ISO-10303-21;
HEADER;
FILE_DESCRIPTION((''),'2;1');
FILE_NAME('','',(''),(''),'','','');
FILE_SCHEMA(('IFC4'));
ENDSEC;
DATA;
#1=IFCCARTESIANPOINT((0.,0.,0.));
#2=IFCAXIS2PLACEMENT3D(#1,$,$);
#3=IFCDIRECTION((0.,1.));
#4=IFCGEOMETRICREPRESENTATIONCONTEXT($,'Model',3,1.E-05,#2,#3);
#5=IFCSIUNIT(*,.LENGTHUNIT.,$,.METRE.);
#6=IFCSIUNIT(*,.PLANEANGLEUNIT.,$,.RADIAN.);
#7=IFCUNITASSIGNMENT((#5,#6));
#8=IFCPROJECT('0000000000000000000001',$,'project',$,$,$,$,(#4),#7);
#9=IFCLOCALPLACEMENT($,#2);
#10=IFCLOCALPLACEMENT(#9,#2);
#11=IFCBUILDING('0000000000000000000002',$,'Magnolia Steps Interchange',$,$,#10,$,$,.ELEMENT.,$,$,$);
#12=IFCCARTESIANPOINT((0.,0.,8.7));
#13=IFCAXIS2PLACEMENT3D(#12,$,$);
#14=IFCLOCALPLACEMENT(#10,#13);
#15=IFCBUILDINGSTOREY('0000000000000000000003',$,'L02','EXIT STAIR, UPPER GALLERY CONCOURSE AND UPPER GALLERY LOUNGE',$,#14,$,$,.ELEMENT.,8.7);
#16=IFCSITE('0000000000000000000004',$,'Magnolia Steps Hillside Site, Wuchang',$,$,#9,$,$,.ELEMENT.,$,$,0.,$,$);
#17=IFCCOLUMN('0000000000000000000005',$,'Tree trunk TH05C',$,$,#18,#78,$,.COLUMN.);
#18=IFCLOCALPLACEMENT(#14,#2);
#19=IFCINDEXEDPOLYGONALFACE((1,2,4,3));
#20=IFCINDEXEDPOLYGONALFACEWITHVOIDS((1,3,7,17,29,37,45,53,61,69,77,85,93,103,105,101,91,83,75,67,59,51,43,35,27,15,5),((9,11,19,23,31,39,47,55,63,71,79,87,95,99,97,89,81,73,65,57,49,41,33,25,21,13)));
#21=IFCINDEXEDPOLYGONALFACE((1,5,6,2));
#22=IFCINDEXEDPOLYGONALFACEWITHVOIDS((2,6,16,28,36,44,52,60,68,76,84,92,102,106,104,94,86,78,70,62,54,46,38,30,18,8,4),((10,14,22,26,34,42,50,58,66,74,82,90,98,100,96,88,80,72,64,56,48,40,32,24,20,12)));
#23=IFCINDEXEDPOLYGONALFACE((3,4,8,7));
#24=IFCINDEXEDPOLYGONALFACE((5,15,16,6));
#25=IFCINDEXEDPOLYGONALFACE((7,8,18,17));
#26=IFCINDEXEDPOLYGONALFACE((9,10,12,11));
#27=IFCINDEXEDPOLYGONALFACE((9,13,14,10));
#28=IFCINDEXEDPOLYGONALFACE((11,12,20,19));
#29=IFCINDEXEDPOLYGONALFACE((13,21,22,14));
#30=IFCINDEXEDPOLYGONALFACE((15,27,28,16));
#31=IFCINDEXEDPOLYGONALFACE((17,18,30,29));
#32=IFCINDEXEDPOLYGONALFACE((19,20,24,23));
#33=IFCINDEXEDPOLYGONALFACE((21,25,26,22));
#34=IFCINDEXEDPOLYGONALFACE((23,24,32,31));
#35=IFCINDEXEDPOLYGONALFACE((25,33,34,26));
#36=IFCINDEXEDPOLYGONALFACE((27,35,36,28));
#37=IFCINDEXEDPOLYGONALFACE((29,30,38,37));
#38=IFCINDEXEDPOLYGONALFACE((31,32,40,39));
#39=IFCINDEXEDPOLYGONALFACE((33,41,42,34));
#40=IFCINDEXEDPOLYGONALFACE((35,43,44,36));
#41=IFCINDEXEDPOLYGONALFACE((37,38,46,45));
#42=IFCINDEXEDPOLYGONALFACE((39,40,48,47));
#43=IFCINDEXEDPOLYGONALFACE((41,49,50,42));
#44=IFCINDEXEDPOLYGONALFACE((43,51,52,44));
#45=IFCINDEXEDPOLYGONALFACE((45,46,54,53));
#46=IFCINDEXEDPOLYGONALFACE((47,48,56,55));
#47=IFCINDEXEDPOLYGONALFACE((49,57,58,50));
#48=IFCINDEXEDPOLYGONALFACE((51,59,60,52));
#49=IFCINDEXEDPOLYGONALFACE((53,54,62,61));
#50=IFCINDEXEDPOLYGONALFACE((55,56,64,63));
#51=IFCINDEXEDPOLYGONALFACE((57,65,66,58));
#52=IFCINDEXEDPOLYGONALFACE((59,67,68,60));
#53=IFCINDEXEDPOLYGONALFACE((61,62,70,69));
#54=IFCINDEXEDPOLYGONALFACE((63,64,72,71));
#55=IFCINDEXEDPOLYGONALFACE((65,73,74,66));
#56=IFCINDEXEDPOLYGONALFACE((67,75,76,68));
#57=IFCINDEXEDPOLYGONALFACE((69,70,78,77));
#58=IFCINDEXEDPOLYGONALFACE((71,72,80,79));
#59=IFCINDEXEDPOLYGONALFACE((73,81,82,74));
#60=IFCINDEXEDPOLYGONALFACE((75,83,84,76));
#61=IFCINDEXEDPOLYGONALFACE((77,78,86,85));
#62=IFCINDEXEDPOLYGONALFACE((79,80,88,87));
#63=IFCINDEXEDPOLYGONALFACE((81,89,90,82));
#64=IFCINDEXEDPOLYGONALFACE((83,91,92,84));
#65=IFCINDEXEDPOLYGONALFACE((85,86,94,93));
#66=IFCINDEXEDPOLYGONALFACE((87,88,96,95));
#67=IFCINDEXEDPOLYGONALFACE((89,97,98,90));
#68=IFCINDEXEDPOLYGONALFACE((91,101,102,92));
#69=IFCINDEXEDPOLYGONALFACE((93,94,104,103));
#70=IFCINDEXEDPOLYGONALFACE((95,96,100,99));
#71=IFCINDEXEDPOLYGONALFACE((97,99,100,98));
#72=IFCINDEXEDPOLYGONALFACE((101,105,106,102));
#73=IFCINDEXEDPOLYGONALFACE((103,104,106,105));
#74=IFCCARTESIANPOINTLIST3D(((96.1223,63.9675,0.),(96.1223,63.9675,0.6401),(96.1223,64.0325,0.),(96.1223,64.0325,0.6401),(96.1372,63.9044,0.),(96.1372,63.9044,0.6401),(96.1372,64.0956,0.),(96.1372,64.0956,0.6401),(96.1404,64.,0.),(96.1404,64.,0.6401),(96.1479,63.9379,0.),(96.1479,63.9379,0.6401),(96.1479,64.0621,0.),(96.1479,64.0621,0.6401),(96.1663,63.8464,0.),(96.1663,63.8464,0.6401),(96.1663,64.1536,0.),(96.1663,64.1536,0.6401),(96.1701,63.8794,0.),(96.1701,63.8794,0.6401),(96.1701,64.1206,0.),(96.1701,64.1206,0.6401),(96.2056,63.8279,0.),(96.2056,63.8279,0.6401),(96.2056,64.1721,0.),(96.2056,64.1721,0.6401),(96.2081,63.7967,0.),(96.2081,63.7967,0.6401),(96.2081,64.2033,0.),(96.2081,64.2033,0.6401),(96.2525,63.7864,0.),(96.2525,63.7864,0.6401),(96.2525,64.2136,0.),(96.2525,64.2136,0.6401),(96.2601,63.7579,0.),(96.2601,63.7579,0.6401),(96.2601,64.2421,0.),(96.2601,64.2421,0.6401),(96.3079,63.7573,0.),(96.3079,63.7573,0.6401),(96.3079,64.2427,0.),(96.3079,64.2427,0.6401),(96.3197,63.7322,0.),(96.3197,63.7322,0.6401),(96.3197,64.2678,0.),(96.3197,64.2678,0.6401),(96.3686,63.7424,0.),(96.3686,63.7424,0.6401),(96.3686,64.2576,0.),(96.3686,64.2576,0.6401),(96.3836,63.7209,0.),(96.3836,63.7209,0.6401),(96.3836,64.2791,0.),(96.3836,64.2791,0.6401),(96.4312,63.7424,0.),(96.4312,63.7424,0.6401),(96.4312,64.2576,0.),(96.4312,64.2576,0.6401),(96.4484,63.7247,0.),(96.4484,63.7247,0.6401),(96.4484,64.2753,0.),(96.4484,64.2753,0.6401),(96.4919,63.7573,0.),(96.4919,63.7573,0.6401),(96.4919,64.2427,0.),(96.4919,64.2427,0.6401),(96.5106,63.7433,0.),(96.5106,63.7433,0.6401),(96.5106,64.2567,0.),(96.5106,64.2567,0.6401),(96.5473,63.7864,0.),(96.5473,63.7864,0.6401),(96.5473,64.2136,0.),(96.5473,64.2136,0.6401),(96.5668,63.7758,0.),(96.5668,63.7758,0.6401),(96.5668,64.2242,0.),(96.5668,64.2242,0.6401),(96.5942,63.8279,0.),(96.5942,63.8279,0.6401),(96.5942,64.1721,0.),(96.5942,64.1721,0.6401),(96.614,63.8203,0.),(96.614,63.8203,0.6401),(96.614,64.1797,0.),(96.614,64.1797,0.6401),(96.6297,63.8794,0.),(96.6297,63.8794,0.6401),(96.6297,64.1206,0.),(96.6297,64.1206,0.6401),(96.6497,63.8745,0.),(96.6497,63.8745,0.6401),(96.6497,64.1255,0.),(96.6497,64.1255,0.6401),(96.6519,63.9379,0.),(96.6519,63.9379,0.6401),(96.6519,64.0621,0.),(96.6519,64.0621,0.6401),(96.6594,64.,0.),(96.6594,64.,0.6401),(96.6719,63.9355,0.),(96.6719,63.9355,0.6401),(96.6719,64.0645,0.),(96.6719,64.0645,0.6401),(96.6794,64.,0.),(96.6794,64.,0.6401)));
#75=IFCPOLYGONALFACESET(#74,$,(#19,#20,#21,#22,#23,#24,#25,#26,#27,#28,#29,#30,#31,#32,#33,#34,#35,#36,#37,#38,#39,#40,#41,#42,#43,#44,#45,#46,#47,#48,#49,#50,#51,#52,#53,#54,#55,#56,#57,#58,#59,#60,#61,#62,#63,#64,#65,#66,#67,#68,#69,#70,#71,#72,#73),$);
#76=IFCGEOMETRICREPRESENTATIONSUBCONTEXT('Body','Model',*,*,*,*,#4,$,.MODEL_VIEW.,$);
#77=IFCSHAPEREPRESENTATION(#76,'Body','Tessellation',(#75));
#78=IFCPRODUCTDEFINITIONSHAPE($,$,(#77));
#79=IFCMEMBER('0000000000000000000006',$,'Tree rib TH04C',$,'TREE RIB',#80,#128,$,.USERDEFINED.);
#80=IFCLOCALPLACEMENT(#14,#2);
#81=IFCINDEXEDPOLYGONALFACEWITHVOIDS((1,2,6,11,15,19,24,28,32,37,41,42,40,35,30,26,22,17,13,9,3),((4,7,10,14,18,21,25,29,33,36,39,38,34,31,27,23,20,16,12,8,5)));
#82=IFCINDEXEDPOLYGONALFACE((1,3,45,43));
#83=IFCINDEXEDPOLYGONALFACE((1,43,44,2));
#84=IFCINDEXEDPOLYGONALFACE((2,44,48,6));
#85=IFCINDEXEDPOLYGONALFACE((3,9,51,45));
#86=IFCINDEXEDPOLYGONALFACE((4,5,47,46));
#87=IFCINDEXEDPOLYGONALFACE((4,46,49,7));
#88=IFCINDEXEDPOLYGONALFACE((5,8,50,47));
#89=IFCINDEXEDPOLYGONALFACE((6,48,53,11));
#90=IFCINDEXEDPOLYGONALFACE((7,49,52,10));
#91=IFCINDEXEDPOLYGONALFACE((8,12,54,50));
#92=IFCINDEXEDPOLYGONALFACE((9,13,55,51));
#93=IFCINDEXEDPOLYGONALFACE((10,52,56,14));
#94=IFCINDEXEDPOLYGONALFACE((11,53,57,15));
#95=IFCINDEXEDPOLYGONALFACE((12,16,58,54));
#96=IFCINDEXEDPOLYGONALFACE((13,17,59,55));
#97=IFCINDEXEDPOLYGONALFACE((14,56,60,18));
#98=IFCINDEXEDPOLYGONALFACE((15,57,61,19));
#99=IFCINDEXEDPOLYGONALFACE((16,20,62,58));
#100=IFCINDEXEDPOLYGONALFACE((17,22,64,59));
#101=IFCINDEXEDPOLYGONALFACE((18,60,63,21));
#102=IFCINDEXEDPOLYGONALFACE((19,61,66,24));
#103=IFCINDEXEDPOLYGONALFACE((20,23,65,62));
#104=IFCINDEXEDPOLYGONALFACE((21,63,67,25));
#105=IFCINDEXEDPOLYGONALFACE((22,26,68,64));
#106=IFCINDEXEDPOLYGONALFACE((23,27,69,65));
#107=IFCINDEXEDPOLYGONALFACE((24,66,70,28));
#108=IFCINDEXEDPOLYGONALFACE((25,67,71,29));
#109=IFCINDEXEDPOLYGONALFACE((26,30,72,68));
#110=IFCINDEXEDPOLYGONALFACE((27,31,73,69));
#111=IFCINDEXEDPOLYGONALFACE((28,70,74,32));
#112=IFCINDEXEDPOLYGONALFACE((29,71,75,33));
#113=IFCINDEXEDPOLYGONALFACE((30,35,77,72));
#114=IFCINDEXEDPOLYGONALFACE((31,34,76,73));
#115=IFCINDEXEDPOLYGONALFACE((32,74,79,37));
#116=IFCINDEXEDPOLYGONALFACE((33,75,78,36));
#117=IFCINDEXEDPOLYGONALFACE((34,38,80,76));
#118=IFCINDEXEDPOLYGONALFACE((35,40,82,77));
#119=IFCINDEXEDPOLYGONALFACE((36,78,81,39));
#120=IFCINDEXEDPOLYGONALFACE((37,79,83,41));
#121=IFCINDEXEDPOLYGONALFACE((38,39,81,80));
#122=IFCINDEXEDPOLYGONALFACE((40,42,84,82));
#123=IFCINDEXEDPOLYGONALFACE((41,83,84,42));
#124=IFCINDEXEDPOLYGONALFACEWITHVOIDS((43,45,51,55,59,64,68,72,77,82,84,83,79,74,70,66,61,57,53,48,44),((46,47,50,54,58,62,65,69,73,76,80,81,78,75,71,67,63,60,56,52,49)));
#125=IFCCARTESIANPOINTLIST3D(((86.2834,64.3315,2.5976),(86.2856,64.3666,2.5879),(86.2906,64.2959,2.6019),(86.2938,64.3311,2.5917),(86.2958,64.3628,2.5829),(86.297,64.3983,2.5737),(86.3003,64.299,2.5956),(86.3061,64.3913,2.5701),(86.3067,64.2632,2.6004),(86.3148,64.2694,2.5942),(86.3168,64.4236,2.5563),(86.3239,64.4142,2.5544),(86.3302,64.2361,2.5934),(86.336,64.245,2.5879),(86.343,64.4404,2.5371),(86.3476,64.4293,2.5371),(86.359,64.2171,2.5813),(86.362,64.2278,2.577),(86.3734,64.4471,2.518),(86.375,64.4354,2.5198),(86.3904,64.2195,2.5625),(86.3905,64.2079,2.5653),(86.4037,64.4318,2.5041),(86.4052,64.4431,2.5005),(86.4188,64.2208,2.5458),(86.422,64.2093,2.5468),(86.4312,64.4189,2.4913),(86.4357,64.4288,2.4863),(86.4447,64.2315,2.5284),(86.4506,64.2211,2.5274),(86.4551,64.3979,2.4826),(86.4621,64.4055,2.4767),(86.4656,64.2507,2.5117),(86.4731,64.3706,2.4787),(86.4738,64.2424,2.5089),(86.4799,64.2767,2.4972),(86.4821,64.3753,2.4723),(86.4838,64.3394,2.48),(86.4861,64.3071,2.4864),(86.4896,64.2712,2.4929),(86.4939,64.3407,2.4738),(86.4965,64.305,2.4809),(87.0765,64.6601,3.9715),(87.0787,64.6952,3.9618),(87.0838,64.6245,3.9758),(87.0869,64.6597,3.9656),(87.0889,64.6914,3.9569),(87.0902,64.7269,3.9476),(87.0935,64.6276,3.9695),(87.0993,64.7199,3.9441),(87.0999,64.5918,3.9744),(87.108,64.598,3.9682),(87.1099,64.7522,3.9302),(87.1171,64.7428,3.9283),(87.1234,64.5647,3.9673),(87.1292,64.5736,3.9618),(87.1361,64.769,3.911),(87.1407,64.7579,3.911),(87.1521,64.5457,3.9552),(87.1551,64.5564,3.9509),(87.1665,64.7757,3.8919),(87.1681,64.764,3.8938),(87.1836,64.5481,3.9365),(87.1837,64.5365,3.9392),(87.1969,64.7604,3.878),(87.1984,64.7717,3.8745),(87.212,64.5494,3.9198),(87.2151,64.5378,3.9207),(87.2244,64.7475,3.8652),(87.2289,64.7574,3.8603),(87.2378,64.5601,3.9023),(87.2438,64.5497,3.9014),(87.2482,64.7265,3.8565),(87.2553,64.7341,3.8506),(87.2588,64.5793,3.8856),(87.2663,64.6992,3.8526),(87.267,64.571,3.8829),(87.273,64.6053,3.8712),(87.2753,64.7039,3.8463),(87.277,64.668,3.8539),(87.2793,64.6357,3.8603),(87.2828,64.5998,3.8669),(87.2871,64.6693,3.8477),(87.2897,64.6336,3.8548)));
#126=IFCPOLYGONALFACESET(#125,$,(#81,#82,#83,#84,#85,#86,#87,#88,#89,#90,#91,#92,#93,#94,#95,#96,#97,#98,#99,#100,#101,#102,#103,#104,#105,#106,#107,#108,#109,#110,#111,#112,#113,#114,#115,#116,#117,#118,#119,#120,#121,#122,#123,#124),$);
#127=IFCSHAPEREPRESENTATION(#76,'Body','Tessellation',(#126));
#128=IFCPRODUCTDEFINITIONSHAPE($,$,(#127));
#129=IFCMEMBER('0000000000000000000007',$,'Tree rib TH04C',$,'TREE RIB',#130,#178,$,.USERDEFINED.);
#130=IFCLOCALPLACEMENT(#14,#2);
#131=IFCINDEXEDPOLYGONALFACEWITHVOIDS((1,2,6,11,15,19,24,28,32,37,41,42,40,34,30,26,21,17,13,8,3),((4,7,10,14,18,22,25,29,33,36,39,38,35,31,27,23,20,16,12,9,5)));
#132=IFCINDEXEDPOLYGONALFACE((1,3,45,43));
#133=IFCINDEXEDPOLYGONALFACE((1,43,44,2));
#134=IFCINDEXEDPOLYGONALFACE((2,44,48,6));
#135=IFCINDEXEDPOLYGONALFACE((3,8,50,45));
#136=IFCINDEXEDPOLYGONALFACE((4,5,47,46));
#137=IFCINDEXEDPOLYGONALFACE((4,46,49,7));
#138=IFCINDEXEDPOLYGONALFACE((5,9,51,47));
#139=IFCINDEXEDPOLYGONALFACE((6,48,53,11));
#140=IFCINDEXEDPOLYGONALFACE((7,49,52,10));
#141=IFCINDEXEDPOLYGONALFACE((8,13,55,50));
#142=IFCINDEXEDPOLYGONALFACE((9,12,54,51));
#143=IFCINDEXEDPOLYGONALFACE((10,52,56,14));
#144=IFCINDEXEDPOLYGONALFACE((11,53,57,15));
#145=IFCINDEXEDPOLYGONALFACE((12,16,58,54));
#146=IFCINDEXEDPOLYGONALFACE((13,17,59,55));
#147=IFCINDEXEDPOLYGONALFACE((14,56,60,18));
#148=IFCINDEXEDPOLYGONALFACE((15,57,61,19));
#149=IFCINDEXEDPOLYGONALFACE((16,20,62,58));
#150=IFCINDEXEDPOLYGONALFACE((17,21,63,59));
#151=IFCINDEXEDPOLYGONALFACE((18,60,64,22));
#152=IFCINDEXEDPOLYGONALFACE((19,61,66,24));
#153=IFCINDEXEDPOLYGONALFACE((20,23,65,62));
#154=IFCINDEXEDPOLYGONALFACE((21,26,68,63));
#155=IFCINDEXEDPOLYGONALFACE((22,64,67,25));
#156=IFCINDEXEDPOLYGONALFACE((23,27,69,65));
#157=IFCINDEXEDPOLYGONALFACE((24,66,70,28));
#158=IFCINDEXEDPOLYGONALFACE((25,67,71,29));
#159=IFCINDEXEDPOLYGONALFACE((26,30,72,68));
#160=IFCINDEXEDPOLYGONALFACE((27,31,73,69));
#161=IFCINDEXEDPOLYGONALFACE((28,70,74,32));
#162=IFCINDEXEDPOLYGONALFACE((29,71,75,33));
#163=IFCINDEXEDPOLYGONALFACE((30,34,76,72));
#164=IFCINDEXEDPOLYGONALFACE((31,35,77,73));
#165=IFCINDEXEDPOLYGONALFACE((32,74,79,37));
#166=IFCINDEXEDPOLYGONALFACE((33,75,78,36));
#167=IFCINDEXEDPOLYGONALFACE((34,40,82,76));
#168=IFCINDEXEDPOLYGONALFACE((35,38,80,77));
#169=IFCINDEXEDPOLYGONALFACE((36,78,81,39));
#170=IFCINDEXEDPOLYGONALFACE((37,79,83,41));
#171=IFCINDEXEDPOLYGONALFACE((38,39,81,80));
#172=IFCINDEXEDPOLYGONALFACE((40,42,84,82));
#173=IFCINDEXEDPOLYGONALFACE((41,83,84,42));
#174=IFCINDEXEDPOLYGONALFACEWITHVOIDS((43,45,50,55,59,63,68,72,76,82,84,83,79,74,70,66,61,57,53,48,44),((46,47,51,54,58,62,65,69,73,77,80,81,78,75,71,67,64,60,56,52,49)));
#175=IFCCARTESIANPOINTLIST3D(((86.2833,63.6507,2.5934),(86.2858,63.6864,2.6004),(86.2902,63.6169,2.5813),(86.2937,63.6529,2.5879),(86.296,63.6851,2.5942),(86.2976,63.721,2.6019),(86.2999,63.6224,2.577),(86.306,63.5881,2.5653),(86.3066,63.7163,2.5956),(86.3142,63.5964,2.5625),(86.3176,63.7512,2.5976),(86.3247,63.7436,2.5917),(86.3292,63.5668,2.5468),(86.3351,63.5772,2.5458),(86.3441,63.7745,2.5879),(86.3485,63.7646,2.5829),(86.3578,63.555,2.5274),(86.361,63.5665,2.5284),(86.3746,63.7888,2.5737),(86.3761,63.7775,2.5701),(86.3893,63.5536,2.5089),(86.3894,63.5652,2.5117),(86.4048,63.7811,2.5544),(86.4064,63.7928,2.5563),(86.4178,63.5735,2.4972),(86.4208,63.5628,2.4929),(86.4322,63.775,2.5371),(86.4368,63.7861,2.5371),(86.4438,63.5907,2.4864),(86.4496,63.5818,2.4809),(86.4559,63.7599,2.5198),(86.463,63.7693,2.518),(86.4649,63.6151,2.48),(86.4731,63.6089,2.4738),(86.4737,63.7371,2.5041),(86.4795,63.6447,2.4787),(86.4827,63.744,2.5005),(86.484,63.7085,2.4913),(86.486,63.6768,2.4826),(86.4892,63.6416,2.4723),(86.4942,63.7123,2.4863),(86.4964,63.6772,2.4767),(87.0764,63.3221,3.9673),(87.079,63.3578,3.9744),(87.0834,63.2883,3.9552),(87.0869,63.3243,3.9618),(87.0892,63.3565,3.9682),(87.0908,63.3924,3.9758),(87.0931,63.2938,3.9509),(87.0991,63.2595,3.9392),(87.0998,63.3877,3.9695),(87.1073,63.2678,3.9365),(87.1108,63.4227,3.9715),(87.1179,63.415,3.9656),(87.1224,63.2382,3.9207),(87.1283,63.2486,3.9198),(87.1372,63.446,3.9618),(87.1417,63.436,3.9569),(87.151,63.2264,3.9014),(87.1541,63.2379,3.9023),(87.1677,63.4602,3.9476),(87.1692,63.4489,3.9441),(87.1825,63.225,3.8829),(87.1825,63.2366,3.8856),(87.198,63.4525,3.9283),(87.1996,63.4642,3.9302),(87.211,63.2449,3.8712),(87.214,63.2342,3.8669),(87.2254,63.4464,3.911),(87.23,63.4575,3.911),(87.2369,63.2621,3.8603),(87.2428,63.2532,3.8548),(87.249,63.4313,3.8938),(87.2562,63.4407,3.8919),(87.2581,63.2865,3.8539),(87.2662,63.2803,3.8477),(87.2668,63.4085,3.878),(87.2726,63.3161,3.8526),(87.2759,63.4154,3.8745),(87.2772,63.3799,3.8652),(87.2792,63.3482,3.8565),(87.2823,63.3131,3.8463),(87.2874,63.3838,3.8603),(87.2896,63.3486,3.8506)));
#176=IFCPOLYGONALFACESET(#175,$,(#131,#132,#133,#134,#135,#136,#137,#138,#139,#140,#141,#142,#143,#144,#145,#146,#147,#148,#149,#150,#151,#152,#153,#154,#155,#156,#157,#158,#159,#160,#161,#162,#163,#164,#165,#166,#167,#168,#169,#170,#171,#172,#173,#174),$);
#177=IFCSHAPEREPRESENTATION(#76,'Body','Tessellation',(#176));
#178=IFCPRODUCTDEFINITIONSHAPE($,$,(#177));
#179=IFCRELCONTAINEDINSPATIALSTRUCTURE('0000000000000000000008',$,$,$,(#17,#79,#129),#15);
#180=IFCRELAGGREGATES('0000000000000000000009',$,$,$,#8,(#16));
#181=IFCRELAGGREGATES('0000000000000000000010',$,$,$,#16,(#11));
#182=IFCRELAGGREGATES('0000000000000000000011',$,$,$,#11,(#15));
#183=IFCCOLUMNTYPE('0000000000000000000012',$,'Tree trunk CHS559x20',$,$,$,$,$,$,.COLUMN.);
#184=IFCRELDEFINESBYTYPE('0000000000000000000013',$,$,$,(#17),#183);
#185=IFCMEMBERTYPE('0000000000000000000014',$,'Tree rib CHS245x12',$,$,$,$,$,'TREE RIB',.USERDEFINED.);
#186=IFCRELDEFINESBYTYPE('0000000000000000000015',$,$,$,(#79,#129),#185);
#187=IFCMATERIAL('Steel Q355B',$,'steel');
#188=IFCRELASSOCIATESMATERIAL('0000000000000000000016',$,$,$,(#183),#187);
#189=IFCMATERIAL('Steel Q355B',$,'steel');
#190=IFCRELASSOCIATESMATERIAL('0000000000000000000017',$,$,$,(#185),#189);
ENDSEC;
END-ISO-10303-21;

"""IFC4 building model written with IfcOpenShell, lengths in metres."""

from ifc_helpers import new_model, si_unit, direction, frame, origin, origin_2d, place, context, subcontext, project, spatial, hollow_circle, extrude, material, material_profile, profile_set, type_object, element, save


model = new_model("IFC4")

# Units and contexts
model_context = context("Model", 3, precision=1e-05, world=origin(), true_north=direction((0.0, 1.0)))
body_context = subcontext(model_context, "Body", "Model", "MODEL_VIEW")
ifc_project = project(units=[si_unit("LENGTHUNIT", "METRE"), si_unit("PLANEANGLEUNIT", "RADIAN")], contexts=[model_context])

# Site, building, storey
site_placement = place(None, origin())
site = spatial("IfcSite", under=ifc_project, at=site_placement, Name="Magnolia Steps Hillside Site, Wuchang", CompositionType="ELEMENT", RefElevation=0.0)
building_placement = place(site_placement, origin())
building = spatial("IfcBuilding", under=site, at=building_placement, Name="Magnolia Steps Interchange", CompositionType="ELEMENT")
storey_placement = place(building_placement, frame((0.0, 0.0, 8.7)))
storey = spatial("IfcBuildingStorey", under=building, at=storey_placement, Name="L02", Description="EXIT STAIR, UPPER GALLERY CONCOURSE AND UPPER GALLERY LOUNGE", CompositionType="ELEMENT", Elevation=8.7)

# Column
ifc_material_1 = material(Name="Steel Q355B", Category="steel")
ifc_material_profile_1 = material_profile(ifc_material_1, hollow_circle(Radius=0.2795, WallThickness=0.02, at=origin_2d()), Name="CHS559x20")
ifc_profile_set_1 = profile_set([ifc_material_profile_1], Name="Steel Q355B")
column_type = type_object("IfcColumnType", Name="Tree trunk CHS559x20", PredefinedType="COLUMN", material=ifc_profile_set_1)
column_placement = place(storey_placement, frame((96.3999, 64.0, 0.0), z_axis=(0.0, 0.0, 1.0), x_axis=(1.0, 0.0, 0.0)))
element("IfcColumn", 1, at=column_placement, inside=storey, type_object=column_type, Name="Tree trunk TH05C", PredefinedType="COLUMN", context=body_context, shape_type="SweptSolid", body=[
    extrude(hollow_circle(Radius=0.2795, WallThickness=0.02, at=origin_2d()), origin(), (0.0, 0.0, 1.0), 0.6401),
])

# Members
ifc_material_2 = material(Name="Steel Q355B", Category="steel")
ifc_material_profile_2 = material_profile(ifc_material_2, hollow_circle(Radius=0.1226, WallThickness=0.012, at=origin_2d()), Name="CHS245x12")
ifc_profile_set_2 = profile_set([ifc_material_profile_2], Name="Steel Q355B")
member_type_1 = type_object("IfcMemberType", Name="Tree rib CHS245x12", ElementType="TREE RIB", PredefinedType="USERDEFINED", material=ifc_profile_set_2)
for number, where, z_axis, x_axis, name in (
    (2, (86.3899, 64.3271, 2.5371), (0.489571, 0.20282, 0.848047), (-0.382737, 0.923857, 0.0), "Tree rib TH04C"),
    (3, (86.3899, 63.6729, 2.5371), (0.489571, -0.20282, 0.848047), (0.382737, 0.923857, 0.0), "Tree rib TH04C"),
):
    element("IfcMember", number, at=place(storey_placement, frame(where, z_axis=z_axis, x_axis=x_axis)), inside=storey, type_object=member_type_1, Name=name, ObjectType="TREE RIB", PredefinedType="USERDEFINED", context=body_context, shape_type="SweptSolid", body=[
        extrude(hollow_circle(Radius=0.1226, WallThickness=0.012, at=origin_2d()), origin(), (0.0, 0.0, 1.0), 1.6201),
    ])

save(model, "model.ifc")
